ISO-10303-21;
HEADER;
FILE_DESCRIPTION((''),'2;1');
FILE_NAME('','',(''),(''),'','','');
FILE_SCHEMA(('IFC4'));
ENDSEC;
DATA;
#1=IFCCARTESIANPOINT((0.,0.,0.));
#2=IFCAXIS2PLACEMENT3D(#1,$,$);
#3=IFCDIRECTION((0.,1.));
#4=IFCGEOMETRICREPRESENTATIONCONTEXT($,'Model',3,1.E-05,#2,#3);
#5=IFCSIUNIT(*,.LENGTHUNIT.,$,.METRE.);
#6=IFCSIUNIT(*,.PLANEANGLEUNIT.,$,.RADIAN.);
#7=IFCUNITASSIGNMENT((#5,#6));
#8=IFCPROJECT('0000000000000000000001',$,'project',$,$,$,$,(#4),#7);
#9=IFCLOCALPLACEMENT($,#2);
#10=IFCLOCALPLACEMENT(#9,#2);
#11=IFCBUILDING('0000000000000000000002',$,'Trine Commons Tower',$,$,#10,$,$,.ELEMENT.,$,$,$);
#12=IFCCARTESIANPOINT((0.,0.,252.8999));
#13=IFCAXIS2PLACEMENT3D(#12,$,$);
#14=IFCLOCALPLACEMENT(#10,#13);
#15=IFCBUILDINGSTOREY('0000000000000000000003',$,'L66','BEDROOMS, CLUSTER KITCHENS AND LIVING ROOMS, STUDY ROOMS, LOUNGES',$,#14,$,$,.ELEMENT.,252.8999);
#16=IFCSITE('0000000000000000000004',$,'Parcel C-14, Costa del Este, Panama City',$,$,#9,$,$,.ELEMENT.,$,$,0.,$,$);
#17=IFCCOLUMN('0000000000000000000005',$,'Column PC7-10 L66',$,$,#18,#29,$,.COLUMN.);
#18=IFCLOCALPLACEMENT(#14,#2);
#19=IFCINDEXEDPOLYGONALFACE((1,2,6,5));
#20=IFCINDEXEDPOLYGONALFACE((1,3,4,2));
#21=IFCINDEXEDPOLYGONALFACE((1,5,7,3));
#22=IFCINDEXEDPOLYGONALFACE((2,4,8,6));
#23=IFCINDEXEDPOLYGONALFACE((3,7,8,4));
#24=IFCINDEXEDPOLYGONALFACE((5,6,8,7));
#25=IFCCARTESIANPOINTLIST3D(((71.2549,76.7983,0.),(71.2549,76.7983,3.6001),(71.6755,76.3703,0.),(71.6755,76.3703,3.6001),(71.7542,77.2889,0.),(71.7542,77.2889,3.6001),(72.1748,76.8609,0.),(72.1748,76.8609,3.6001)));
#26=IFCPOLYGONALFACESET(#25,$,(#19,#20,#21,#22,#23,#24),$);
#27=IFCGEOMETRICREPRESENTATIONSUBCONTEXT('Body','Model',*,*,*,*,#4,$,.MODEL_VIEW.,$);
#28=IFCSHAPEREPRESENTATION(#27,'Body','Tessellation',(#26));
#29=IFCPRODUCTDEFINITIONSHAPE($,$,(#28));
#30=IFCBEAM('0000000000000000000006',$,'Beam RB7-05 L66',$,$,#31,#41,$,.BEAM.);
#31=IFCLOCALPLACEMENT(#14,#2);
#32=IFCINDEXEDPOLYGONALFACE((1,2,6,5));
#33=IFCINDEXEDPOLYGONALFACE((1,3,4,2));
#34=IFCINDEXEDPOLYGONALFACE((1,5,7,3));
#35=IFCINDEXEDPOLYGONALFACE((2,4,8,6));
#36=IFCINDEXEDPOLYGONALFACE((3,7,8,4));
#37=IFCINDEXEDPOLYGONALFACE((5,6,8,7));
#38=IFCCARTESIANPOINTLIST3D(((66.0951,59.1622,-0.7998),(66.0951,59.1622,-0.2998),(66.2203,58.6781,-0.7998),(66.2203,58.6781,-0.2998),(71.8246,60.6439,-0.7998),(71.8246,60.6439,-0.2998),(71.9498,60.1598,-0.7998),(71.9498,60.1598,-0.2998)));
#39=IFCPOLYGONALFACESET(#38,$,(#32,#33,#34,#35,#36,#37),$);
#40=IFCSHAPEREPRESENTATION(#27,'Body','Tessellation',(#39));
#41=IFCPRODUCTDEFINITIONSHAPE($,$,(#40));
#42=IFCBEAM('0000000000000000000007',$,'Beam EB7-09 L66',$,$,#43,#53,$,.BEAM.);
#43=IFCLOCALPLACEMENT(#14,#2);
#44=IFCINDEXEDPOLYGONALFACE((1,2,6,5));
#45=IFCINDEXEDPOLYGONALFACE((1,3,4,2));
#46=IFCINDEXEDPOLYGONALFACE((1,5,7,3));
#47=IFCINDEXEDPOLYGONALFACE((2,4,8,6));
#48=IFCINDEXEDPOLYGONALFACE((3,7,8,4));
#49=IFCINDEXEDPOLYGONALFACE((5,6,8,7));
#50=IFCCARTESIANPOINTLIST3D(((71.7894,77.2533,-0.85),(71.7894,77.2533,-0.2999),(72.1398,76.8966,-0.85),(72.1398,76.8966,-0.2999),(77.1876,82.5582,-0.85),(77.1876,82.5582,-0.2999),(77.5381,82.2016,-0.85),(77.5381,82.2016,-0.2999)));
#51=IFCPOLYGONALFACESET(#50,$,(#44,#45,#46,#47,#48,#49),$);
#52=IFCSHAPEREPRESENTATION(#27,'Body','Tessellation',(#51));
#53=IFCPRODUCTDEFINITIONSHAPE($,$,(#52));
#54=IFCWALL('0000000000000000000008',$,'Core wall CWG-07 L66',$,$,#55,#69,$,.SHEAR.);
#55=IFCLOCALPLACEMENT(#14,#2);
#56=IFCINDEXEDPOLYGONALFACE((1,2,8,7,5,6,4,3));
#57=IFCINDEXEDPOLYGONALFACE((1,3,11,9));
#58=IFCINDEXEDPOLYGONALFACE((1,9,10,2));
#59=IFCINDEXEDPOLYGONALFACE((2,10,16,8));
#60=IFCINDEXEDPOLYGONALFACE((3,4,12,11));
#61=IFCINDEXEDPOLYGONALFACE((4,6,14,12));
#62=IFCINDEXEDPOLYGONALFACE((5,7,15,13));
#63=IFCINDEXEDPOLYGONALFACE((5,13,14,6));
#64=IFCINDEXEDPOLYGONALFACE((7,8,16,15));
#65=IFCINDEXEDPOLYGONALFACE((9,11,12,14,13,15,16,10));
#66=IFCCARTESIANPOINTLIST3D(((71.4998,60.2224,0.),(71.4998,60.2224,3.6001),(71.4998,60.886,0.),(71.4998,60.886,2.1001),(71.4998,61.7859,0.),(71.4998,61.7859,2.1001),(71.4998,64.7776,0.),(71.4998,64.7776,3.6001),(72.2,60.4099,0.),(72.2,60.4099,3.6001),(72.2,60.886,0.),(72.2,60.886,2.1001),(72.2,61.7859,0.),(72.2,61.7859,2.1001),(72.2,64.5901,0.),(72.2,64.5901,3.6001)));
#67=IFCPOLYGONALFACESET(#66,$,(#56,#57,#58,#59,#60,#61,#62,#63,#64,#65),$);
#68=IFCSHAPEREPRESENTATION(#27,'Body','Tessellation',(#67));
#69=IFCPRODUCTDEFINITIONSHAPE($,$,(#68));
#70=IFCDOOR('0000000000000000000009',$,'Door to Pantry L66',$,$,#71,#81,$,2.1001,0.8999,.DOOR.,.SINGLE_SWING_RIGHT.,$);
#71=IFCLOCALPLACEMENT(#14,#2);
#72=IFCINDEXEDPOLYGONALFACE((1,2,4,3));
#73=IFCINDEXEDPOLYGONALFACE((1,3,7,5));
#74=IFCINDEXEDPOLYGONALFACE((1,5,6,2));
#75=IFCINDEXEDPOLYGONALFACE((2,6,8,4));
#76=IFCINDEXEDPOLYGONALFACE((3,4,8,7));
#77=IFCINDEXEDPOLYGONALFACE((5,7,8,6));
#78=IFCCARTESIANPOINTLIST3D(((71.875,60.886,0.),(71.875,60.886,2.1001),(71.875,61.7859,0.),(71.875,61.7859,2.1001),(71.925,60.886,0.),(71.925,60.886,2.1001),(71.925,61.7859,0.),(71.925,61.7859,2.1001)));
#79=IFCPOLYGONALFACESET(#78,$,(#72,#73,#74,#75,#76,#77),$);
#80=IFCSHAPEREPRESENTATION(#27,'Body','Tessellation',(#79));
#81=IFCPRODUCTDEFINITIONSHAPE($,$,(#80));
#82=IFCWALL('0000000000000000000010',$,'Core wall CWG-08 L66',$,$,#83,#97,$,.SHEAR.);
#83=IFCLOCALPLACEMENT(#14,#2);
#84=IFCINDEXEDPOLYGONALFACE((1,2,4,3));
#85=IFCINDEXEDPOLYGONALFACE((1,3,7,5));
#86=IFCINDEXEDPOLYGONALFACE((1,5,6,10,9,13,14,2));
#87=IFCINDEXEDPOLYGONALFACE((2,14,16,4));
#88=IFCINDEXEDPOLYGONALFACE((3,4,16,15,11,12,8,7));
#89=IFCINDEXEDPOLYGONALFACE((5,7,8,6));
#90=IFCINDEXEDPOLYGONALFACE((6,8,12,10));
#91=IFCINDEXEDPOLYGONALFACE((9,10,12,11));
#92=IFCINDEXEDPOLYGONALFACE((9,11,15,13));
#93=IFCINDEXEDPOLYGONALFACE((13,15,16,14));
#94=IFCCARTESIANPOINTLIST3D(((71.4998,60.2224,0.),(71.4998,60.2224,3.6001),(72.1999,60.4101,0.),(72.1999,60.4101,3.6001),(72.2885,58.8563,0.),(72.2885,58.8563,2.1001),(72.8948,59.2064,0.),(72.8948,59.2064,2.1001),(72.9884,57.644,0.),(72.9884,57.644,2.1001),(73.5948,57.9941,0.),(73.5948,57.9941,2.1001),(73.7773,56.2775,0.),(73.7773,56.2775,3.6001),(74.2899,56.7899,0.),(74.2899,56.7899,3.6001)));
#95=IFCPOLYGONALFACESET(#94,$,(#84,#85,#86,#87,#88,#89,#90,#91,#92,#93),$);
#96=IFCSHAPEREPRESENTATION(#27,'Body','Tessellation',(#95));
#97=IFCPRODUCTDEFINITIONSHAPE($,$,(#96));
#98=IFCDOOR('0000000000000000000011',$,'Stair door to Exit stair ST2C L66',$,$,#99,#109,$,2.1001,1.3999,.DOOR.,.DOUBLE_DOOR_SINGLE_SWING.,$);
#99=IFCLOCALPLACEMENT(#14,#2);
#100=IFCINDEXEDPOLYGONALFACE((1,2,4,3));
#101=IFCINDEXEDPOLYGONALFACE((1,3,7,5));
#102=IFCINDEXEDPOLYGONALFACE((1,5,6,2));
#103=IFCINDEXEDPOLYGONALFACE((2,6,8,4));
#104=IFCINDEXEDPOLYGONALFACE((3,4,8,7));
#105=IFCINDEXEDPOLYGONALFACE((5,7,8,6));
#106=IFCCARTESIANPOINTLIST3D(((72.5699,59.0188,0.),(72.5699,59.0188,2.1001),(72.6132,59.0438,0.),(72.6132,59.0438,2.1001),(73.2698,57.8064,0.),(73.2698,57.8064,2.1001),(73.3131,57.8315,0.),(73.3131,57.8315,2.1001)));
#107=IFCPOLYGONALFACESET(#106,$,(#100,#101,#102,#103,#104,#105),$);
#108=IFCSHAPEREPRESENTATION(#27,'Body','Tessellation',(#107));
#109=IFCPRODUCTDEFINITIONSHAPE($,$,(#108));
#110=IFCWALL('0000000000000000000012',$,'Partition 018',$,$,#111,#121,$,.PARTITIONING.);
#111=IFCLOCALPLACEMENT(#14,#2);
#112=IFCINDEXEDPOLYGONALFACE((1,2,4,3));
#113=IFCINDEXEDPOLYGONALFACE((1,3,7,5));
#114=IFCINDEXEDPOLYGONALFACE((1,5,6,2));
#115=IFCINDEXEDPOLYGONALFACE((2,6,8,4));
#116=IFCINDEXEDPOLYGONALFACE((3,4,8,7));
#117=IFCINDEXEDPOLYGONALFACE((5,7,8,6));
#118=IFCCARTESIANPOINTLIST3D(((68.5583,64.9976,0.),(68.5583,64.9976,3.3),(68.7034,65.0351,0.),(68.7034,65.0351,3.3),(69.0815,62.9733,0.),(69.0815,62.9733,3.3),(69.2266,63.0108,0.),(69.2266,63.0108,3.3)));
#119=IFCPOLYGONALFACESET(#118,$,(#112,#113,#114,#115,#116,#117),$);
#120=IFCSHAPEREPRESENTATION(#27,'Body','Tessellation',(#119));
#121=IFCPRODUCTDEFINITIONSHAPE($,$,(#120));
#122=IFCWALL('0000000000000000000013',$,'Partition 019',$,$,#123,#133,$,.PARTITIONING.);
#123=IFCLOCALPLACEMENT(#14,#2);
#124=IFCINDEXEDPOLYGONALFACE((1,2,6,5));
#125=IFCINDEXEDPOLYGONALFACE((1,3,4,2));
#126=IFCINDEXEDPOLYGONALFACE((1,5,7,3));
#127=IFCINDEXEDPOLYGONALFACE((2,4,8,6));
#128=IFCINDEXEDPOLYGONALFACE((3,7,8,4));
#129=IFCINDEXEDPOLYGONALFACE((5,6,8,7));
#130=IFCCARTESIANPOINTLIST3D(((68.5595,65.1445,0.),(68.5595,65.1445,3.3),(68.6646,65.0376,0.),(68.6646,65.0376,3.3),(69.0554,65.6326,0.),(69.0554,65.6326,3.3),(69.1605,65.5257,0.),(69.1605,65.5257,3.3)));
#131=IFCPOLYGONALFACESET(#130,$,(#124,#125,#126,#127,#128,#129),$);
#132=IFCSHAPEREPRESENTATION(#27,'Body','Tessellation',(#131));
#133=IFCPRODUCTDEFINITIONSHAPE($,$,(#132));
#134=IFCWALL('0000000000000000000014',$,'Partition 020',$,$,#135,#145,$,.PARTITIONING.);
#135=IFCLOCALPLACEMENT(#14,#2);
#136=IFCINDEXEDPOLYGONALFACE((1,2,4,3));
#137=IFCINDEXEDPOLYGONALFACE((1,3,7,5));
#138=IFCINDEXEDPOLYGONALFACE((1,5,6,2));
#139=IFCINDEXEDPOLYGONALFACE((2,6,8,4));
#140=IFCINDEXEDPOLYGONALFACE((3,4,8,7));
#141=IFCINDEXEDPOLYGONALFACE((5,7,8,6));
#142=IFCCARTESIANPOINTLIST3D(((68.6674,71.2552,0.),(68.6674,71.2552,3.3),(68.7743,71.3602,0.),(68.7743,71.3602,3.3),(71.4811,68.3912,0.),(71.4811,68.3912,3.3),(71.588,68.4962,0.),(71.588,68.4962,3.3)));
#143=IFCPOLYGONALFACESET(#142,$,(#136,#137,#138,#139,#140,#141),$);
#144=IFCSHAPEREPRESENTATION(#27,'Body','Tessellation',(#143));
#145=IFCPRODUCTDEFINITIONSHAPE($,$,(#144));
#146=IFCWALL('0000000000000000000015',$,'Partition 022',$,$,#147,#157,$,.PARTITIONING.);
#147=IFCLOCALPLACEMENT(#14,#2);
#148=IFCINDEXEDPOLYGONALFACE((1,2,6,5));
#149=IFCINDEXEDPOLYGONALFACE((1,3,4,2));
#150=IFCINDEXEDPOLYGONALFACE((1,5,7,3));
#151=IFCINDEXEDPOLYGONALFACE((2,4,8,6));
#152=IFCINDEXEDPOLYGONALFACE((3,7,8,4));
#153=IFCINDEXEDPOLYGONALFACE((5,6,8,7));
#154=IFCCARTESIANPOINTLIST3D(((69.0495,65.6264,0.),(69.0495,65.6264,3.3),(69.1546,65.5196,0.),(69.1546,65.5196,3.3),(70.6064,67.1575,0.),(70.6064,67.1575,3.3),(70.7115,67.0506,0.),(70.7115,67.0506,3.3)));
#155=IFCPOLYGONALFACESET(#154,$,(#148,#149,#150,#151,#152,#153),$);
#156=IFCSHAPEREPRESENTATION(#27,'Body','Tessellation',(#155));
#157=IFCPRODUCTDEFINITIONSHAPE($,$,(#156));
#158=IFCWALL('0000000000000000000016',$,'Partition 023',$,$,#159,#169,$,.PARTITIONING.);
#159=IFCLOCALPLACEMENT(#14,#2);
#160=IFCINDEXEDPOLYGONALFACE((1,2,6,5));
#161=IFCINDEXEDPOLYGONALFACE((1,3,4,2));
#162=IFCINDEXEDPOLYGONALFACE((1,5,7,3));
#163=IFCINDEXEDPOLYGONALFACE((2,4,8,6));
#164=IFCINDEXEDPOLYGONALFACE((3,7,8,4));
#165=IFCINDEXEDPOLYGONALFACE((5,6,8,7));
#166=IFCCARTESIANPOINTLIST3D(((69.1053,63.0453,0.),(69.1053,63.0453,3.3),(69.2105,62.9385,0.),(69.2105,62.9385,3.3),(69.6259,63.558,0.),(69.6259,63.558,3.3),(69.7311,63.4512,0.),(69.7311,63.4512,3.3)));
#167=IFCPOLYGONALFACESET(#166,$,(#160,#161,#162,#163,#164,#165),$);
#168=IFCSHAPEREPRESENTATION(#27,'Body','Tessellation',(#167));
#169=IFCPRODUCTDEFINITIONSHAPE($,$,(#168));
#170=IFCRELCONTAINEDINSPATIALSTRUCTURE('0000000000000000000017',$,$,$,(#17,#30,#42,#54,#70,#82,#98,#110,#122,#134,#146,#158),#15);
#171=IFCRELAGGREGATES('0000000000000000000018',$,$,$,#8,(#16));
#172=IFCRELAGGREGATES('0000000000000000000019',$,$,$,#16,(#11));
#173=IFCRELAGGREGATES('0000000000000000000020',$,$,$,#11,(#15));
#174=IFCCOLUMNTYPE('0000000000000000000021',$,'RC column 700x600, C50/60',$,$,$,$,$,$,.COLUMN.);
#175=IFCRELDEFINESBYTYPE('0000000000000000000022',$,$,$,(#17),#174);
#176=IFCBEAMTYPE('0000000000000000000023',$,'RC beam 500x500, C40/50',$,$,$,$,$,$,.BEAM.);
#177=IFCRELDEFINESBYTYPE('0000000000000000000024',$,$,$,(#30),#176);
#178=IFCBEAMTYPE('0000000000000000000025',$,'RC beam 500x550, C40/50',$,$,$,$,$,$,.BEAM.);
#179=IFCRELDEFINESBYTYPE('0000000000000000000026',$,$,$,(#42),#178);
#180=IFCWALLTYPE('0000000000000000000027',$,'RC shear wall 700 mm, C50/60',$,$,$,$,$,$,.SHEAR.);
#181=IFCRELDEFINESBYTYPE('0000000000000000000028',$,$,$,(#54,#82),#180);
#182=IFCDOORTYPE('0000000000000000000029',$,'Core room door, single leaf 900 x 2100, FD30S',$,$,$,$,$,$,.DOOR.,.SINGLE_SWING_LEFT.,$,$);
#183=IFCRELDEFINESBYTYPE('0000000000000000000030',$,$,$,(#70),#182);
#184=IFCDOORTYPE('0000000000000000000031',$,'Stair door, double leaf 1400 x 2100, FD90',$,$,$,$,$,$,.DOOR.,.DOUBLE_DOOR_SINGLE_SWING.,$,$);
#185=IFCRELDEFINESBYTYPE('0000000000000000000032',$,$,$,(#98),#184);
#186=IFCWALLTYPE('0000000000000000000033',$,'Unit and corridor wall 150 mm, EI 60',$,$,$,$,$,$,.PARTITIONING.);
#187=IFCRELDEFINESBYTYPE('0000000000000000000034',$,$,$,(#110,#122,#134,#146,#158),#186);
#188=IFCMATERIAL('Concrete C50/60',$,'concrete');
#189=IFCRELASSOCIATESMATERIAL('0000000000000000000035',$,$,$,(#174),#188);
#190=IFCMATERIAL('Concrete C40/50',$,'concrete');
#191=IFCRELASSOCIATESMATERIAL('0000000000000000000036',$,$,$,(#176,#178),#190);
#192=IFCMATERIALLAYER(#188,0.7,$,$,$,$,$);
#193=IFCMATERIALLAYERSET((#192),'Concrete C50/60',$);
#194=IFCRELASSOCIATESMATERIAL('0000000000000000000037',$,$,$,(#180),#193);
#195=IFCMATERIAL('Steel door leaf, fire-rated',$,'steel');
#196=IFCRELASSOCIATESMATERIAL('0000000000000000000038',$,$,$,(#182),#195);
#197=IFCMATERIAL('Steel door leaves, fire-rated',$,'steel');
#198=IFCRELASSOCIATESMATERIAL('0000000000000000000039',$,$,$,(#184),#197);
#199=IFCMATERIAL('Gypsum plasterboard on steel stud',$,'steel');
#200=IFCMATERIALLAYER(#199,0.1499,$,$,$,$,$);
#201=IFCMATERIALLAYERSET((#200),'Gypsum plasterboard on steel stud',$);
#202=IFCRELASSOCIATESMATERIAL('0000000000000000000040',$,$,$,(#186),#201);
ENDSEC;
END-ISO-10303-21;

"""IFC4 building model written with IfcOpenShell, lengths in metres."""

from ifc_helpers import new_model, si_unit, direction, frame, frame_2d, origin, origin_2d, place, context, subcontext, project, spatial, polyline, rectangle, outline, extrude, material, layer, layer_set, material_profile, profile_set, type_object, element, fill, save


model = new_model("IFC4")

# Units and contexts
model_context = context("Model", 3, precision=1e-05, world=origin(), true_north=direction((0.0, 1.0)))
body_context = subcontext(model_context, "Body", "Model", "MODEL_VIEW")
ifc_project = project(units=[si_unit("LENGTHUNIT", "METRE"), si_unit("PLANEANGLEUNIT", "RADIAN")], contexts=[model_context])

# Site, building, storey
site_placement = place(None, origin())
site = spatial("IfcSite", under=ifc_project, at=site_placement, Name="Parcel C-14, Costa del Este, Panama City", CompositionType="ELEMENT", RefElevation=0.0)
building_placement = place(site_placement, origin())
building = spatial("IfcBuilding", under=site, at=building_placement, Name="Trine Commons Tower", CompositionType="ELEMENT")
storey_placement = place(building_placement, frame((0.0, 0.0, 252.8999)))
storey = spatial("IfcBuildingStorey", under=building, at=storey_placement, Name="L66", Description="BEDROOMS, CLUSTER KITCHENS AND LIVING ROOMS, STUDY ROOMS, LOUNGES", CompositionType="ELEMENT", Elevation=252.8999)

# Column
ifc_material_1 = material(Name="Concrete C50/60", Category="concrete")
ifc_material_profile_1 = material_profile(ifc_material_1, rectangle(XDim=0.7, YDim=0.6001, at=origin_2d()), Name="RC 700x600")
ifc_profile_set_1 = profile_set([ifc_material_profile_1], Name="Concrete C50/60")
column_type = type_object("IfcColumnType", Name="RC column 700x600, C50/60", PredefinedType="COLUMN", material=ifc_profile_set_1)
column_placement = place(storey_placement, frame((71.7148, 76.8296, 0.0), z_axis=(0.0, 0.0, 1.0), x_axis=(0.71325, 0.700909, 0.0)))
element("IfcColumn", 1, at=column_placement, inside=storey, type_object=column_type, Name="Column PC7-10 L66", PredefinedType="COLUMN", context=body_context, shape_type="SweptSolid", body=[
    extrude(rectangle(XDim=0.7, YDim=0.6001, at=origin_2d()), origin(), (0.0, 0.0, 1.0), 3.6001),
])

# Beams
ifc_material_2 = material(Name="Concrete C40/50", Category="concrete")
ifc_material_profile_2 = material_profile(ifc_material_2, rectangle(XDim=0.5, YDim=0.5, at=origin_2d()), Name="RC 500x500")
ifc_profile_set_2 = profile_set([ifc_material_profile_2], Name="Concrete C40/50")
beam_type_1 = type_object("IfcBeamType", Name="RC beam 500x500, C40/50", PredefinedType="BEAM", material=ifc_profile_set_2)
beam_1_placement = place(storey_placement, frame((71.8872, 60.4019, -0.5498), z_axis=(-0.96815, -0.250371, 0.0), x_axis=(0.250371, -0.96815, 0.0)))
element("IfcBeam", 2, at=beam_1_placement, inside=storey, type_object=beam_type_1, Name="Beam RB7-05 L66", PredefinedType="BEAM", context=body_context, shape_type="SweptSolid", body=[
    extrude(rectangle(XDim=0.5, YDim=0.5, at=origin_2d()), origin(), (0.0, 0.0, 1.0), 5.918),
])
ifc_material_profile_3 = material_profile(ifc_material_2, rectangle(XDim=0.5, YDim=0.55, at=origin_2d()), Name="RC 500x550")
ifc_profile_set_3 = profile_set([ifc_material_profile_3], Name="Concrete C40/50")
beam_type_2 = type_object("IfcBeamType", Name="RC beam 500x550, C40/50", PredefinedType="BEAM", material=ifc_profile_set_3)
beam_2_placement = place(storey_placement, frame((71.9646, 77.075, -0.575), z_axis=(0.713241, 0.700919, 0.0), x_axis=(-0.700919, 0.713241, 0.0)))
element("IfcBeam", 3, at=beam_2_placement, inside=storey, type_object=beam_type_2, Name="Beam EB7-09 L66", PredefinedType="BEAM", context=body_context, shape_type="SweptSolid", body=[
    extrude(rectangle(XDim=0.5, YDim=0.55, at=origin_2d()), origin(), (0.0, 0.0, 1.0), 7.5686),
])

# Walls, openings, doors
ifc_layer_1 = layer(ifc_material_1, 0.7)
ifc_layer_set_1 = layer_set([ifc_layer_1], Name="Concrete C50/60")
wall_type_1 = type_object("IfcWallType", Name="RC shear wall 700 mm, C50/60", PredefinedType="SHEAR", material=ifc_layer_set_1)
wall_1_placement = place(storey_placement, frame((71.8499, 64.7776, 0.0), z_axis=(0.0, 0.0, 1.0), x_axis=(0.0, -1.0, 0.0)))
wall_1 = element("IfcWall", 4, at=wall_1_placement, inside=storey, type_object=wall_type_1, Name="Core wall CWG-07 L66", PredefinedType="SHEAR", context=body_context, shape_type="SweptSolid", body=[
    extrude(outline(polyline([(0.0, -0.3501), (4.5552, -0.3501), (4.3677, 0.3501), (0.1875, 0.3501), (0.0, -0.3501)])), origin(), (0.0, 0.0, 1.0), 3.6001),
])
opening_1_placement = place(wall_1_placement, frame((2.9917, 0.0, 0.0)))
opening_1 = element("IfcOpeningElement", 5, at=opening_1_placement, cuts=wall_1, PredefinedType="OPENING", context=body_context, shape_type="SweptSolid", body=[
    extrude(rectangle(XDim=0.8999, YDim=2.1001, at=frame_2d((0.45, 1.05))), frame((0.0, 0.3599, 0.0), z_axis=(0.0, -1.0, 0.0), x_axis=(1.0, 0.0, 0.0)), (0.0, 0.0, 1.0), 0.72),
])
ifc_material_3 = material(Name="Steel door leaf, fire-rated", Category="steel")
door_type_1 = type_object("IfcDoorType", Name="Core room door, single leaf 900 x 2100, FD30S", OperationType="SINGLE_SWING_LEFT", PredefinedType="DOOR", material=ifc_material_3)
door_1_placement = place(opening_1_placement, origin())
door_1 = element("IfcDoor", 6, at=door_1_placement, inside=storey, type_object=door_type_1, Name="Door to Pantry L66", OperationType="SINGLE_SWING_RIGHT", OverallHeight=2.1001, OverallWidth=0.8999, PredefinedType="DOOR", context=body_context, shape_type="SweptSolid", body=[
    extrude(rectangle(XDim=0.8999, YDim=2.1001, at=frame_2d((0.45, 1.05))), frame((0.0, 0.0752, 0.0), z_axis=(0.0, -1.0, 0.0), x_axis=(1.0, 0.0, 0.0)), (0.0, 0.0, 1.0), 0.05),
])
fill(opening_1, door_1)
wall_2_placement = place(storey_placement, frame((71.803, 60.3975, 0.0), z_axis=(0.0, 0.0, 1.0), x_axis=(0.499984, -0.866035, 0.0)))
wall_2 = element("IfcWall", 7, at=wall_2_placement, inside=storey, type_object=wall_type_1, Name="Core wall CWG-08 L66", PredefinedType="SHEAR", context=body_context, shape_type="SweptSolid", body=[
    extrude(outline(polyline([(0.0, -0.3501), (4.5552, -0.3501), (4.3677, 0.3501), (0.1875, 0.3501), (0.0, -0.3501)])), origin(), (0.0, 0.0, 1.0), 3.6001),
])
opening_2_placement = place(wall_2_placement, frame((1.5774, 0.0, 0.0)))
opening_2 = element("IfcOpeningElement", 8, at=opening_2_placement, cuts=wall_2, PredefinedType="OPENING", context=body_context, shape_type="SweptSolid", body=[
    extrude(rectangle(XDim=1.3999, YDim=2.1001, at=frame_2d((0.7, 1.05))), frame((0.0, 0.3599, 0.0), z_axis=(0.0, -1.0, 0.0), x_axis=(1.0, 0.0, 0.0)), (0.0, 0.0, 1.0), 0.72),
])
ifc_material_4 = material(Name="Steel door leaves, fire-rated", Category="steel")
door_type_2 = type_object("IfcDoorType", Name="Stair door, double leaf 1400 x 2100, FD90", OperationType="DOUBLE_DOOR_SINGLE_SWING", PredefinedType="DOOR", material=ifc_material_4)
door_2_placement = place(opening_2_placement, origin())
door_2 = element("IfcDoor", 9, at=door_2_placement, inside=storey, type_object=door_type_2, Name="Stair door to Exit stair ST2C L66", OperationType="DOUBLE_DOOR_SINGLE_SWING", OverallHeight=2.1001, OverallWidth=1.3999, PredefinedType="DOOR", context=body_context, shape_type="SweptSolid", body=[
    extrude(rectangle(XDim=1.3999, YDim=2.1001, at=frame_2d((0.7, 1.05))), frame((0.0, 0.0249, 0.0), z_axis=(0.0, -1.0, 0.0), x_axis=(1.0, 0.0, 0.0)), (0.0, 0.0, 1.0), 0.05),
])
fill(opening_2, door_2)

# Walls
ifc_material_5 = material(Name="Gypsum plasterboard on steel stud", Category="steel")
ifc_layer_2 = layer(ifc_material_5, 0.1499)
ifc_layer_set_2 = layer_set([ifc_layer_2], Name="Gypsum plasterboard on steel stud")
wall_type_2 = type_object("IfcWallType", Name="Unit and corridor wall 150 mm, EI 60", PredefinedType="PARTITIONING", material=ifc_layer_set_2)
wall_3_placement = place(storey_placement, frame((68.6309, 65.0164, 0.0), z_axis=(0.0, 0.0, 1.0), x_axis=(0.250221, -0.968189, 0.0)))
element("IfcWall", 10, at=wall_3_placement, inside=storey, type_object=wall_type_2, Name="Partition 018", PredefinedType="PARTITIONING", context=body_context, shape_type="SweptSolid", body=[
    extrude(rectangle(XDim=2.0908, YDim=0.1499, at=frame_2d((1.0454, 0.0))), origin(), (0.0, 0.0, 1.0), 3.3),
])
wall_4_placement = place(storey_placement, frame((68.6121, 65.0911, 0.0), z_axis=(0.0, 0.0, 1.0), x_axis=(0.712699, 0.70147, 0.0)))
element("IfcWall", 11, at=wall_4_placement, inside=storey, type_object=wall_type_2, Name="Partition 019", PredefinedType="PARTITIONING", context=body_context, shape_type="SweptSolid", body=[
    extrude(rectangle(XDim=0.6958, YDim=0.1499, at=frame_2d((0.3479, 0.0))), origin(), (0.0, 0.0, 1.0), 3.3),
])
wall_5_placement = place(storey_placement, frame((68.7209, 71.3076, 0.0), z_axis=(0.0, 0.0, 1.0), x_axis=(0.700816, -0.713342, 0.0)))
element("IfcWall", 12, at=wall_5_placement, inside=storey, type_object=wall_type_2, Name="Partition 020", PredefinedType="PARTITIONING", context=body_context, shape_type="SweptSolid", body=[
    extrude(rectangle(XDim=4.0149, YDim=0.1499, at=frame_2d((2.0073, 0.0))), origin(), (0.0, 0.0, 1.0), 3.3),
])
wall_6_placement = place(storey_placement, frame((69.1021, 65.573, 0.0), z_axis=(0.0, 0.0, 1.0), x_axis=(0.713008, 0.701156, 0.0)))
element("IfcWall", 13, at=wall_6_placement, inside=storey, type_object=wall_type_2, Name="Partition 022", PredefinedType="PARTITIONING", context=body_context, shape_type="SweptSolid", body=[
    extrude(rectangle(XDim=2.1836, YDim=0.1499, at=frame_2d((1.0918, 0.0))), origin(), (0.0, 0.0, 1.0), 3.3),
])
wall_7_placement = place(storey_placement, frame((69.158, 62.9919, 0.0), z_axis=(0.0, 0.0, 1.0), x_axis=(0.712433, 0.70174, 0.0)))
element("IfcWall", 14, at=wall_7_placement, inside=storey, type_object=wall_type_2, Name="Partition 023", PredefinedType="PARTITIONING", context=body_context, shape_type="SweptSolid", body=[
    extrude(rectangle(XDim=0.7307, YDim=0.1499, at=frame_2d((0.3652, 0.0))), origin(), (0.0, 0.0, 1.0), 3.3),
])

save(model, "model.ifc")
